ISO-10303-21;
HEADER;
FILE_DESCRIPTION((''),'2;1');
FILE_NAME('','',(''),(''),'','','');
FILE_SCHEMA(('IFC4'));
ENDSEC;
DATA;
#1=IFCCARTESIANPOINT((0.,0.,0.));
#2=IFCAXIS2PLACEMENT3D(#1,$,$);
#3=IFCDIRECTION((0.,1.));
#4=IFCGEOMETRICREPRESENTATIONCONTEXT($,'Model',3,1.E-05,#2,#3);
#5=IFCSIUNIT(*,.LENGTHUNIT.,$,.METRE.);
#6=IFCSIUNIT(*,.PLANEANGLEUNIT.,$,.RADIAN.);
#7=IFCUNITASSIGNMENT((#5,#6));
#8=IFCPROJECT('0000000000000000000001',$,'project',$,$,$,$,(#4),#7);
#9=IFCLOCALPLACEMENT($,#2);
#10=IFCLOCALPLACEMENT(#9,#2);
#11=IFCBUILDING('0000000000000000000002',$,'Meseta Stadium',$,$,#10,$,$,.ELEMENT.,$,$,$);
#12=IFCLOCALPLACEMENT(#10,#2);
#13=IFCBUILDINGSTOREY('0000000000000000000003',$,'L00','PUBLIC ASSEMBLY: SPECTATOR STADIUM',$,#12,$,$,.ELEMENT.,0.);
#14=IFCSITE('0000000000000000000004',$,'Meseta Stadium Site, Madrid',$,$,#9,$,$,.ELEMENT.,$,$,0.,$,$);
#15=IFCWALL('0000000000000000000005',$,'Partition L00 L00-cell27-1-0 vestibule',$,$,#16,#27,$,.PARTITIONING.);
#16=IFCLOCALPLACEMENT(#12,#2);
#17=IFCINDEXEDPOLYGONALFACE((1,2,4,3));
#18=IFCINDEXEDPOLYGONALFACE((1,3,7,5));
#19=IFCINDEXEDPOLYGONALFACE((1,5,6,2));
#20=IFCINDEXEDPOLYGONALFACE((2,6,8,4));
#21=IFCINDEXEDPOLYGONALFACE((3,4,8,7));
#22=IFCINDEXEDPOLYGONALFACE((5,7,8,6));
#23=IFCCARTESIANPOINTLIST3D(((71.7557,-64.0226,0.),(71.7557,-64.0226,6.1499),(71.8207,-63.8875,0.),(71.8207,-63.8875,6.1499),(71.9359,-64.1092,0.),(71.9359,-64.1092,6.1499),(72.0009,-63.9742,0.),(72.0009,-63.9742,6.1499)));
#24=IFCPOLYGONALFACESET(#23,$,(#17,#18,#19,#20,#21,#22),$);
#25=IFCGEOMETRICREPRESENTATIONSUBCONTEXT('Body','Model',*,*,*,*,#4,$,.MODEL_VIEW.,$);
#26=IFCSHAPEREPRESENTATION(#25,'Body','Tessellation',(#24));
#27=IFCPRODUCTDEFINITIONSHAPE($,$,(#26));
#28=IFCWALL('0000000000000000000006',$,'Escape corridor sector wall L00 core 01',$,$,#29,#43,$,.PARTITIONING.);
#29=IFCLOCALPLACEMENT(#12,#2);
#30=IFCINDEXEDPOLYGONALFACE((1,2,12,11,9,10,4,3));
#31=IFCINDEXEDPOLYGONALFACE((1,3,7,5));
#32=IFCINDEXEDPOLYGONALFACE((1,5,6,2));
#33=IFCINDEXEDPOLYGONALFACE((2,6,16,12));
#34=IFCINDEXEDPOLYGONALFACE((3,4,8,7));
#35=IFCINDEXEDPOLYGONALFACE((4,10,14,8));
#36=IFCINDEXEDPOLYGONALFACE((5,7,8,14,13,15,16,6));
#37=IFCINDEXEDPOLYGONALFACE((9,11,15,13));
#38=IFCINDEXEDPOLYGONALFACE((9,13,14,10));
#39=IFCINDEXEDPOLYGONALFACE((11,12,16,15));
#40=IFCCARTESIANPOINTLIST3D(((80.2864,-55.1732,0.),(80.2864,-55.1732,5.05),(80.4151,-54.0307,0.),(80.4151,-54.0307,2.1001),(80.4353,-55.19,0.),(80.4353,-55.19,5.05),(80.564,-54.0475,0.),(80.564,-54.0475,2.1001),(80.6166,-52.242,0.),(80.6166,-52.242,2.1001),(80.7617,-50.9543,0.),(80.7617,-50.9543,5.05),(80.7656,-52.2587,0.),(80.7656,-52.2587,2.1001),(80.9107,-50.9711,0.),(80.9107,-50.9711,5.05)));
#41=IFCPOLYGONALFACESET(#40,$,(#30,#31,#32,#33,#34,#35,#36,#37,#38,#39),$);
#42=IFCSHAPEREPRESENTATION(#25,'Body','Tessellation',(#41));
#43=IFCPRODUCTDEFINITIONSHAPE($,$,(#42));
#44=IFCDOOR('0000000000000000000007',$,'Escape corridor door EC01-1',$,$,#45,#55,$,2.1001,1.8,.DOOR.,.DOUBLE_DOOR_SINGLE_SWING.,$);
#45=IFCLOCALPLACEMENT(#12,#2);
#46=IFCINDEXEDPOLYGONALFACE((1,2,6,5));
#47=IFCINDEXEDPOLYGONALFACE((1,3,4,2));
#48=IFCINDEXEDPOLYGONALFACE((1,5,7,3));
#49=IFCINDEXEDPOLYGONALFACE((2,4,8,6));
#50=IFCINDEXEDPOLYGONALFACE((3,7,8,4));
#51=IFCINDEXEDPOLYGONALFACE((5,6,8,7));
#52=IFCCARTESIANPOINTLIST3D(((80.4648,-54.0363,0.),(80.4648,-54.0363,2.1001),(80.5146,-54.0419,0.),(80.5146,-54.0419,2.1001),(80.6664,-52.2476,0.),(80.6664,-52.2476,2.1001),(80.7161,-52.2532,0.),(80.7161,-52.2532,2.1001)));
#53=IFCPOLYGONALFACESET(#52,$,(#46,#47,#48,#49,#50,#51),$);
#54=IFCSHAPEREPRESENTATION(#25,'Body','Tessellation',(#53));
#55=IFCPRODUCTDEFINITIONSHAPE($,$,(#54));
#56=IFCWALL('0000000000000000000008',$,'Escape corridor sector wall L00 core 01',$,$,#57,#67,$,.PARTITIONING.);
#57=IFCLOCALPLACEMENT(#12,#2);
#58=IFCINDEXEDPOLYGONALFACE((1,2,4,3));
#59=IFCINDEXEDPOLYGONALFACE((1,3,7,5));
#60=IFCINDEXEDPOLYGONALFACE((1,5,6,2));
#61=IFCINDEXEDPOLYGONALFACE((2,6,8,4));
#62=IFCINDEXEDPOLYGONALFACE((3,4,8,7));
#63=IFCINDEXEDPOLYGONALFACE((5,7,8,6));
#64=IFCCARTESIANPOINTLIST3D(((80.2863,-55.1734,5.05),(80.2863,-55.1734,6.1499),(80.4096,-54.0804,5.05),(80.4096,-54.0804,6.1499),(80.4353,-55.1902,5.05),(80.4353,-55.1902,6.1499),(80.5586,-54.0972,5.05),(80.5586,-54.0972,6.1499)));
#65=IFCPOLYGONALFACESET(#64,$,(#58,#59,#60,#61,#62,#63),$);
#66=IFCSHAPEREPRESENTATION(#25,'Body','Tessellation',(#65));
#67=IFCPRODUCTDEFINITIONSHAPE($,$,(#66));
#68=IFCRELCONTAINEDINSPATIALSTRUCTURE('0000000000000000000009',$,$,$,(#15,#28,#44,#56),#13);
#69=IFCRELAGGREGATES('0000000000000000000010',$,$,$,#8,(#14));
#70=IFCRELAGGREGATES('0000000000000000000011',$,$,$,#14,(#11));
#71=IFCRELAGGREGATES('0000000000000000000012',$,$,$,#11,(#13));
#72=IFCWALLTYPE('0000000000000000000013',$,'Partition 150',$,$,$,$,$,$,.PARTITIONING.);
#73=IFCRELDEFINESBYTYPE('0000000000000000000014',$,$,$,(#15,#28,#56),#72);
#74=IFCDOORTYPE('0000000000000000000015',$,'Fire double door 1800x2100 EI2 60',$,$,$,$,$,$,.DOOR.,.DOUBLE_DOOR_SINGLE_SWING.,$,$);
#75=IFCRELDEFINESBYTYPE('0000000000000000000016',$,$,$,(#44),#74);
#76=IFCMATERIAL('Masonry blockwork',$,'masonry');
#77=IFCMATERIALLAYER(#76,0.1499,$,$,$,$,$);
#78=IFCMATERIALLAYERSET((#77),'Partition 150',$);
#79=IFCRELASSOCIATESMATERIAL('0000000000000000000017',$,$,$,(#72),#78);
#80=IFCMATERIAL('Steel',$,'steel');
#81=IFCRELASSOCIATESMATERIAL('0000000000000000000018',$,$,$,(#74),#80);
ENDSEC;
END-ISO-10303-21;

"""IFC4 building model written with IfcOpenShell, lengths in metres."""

from ifc_helpers import new_model, si_unit, direction, frame, frame_2d, origin, place, context, subcontext, project, spatial, rectangle, extrude, material, layer, layer_set, type_object, element, fill, save


model = new_model("IFC4")

# Units and contexts
model_context = context("Model", 3, precision=1e-05, world=origin(), true_north=direction((0.0, 1.0)))
body_context = subcontext(model_context, "Body", "Model", "MODEL_VIEW")
ifc_project = project(units=[si_unit("LENGTHUNIT", "METRE"), si_unit("PLANEANGLEUNIT", "RADIAN")], contexts=[model_context])

# Site, building, storey
site_placement = place(None, origin())
site = spatial("IfcSite", under=ifc_project, at=site_placement, Name="Meseta Stadium Site, Madrid", CompositionType="ELEMENT", RefElevation=0.0)
building_placement = place(site_placement, origin())
building = spatial("IfcBuilding", under=site, at=building_placement, Name="Meseta Stadium", CompositionType="ELEMENT")
storey_placement = place(building_placement, origin())
storey = spatial("IfcBuildingStorey", under=building, at=storey_placement, Name="L00", Description="PUBLIC ASSEMBLY: SPECTATOR STADIUM", CompositionType="ELEMENT", Elevation=0.0)

# Wall
ifc_material_1 = material(Name="Masonry blockwork", Category="masonry")
ifc_layer = layer(ifc_material_1, 0.1499)
ifc_layer_set = layer_set([ifc_layer], Name="Partition 150")
wall_type = type_object("IfcWallType", Name="Partition 150", PredefinedType="PARTITIONING", material=ifc_layer_set)
wall_1_placement = place(storey_placement, frame((71.9685, -64.0417, 0.0), z_axis=(0.0, 0.0, 1.0), x_axis=(-0.901161, 0.433485, 0.0)))
element("IfcWall", 1, at=wall_1_placement, inside=storey, type_object=wall_type, Name="Partition L00 L00-cell27-1-0 vestibule", PredefinedType="PARTITIONING", context=body_context, shape_type="SweptSolid", body=[
    extrude(rectangle(XDim=0.2, YDim=0.1499, at=frame_2d((0.1001, 0.0))), origin(), (0.0, 0.0, 1.0), 6.1499),
])

# Wall, opening, door
wall_2_placement = place(storey_placement, frame((80.3608, -55.1816, 0.0), z_axis=(0.0, 0.0, 1.0), x_axis=(0.111959, 0.993713, 0.0)))
wall_2 = element("IfcWall", 2, at=wall_2_placement, inside=storey, type_object=wall_type, Name="Escape corridor sector wall L00 core 01", PredefinedType="PARTITIONING", context=body_context, shape_type="SweptSolid", body=[
    extrude(rectangle(XDim=4.2456, YDim=0.1499, at=frame_2d((2.1228, 0.0))), origin(), (0.0, 0.0, 1.0), 5.05),
])
opening_placement = place(wall_2_placement, frame((1.1499, 0.0, 0.0)))
opening = element("IfcOpeningElement", 3, at=opening_placement, cuts=wall_2, PredefinedType="OPENING", context=body_context, shape_type="SweptSolid", body=[
    extrude(rectangle(XDim=1.8, YDim=2.1001, at=frame_2d((0.8999, 1.05))), frame((0.0, 0.085, 0.0), z_axis=(0.0, -1.0, 0.0), x_axis=(1.0, 0.0, 0.0)), (0.0, 0.0, 1.0), 0.1699),
])
ifc_material_2 = material(Name="Steel", Category="steel")
door_type = type_object("IfcDoorType", Name="Fire double door 1800x2100 EI2 60", OperationType="DOUBLE_DOOR_SINGLE_SWING", PredefinedType="DOOR", material=ifc_material_2)
door_placement = place(opening_placement, origin())
door = element("IfcDoor", 4, at=door_placement, inside=storey, type_object=door_type, Name="Escape corridor door EC01-1", OperationType="DOUBLE_DOOR_SINGLE_SWING", OverallHeight=2.1001, OverallWidth=1.8, PredefinedType="DOOR", context=body_context, shape_type="SweptSolid", body=[
    extrude(rectangle(XDim=1.8, YDim=2.1001, at=frame_2d((0.8999, 1.05))), frame((0.0, 0.0249, 0.0), z_axis=(0.0, -1.0, 0.0), x_axis=(1.0, 0.0, 0.0)), (0.0, 0.0, 1.0), 0.05),
])
fill(opening, door)

# Wall
wall_3_placement = place(storey_placement, frame((80.3608, -55.1816, 5.05), z_axis=(0.0, 0.0, 1.0), x_axis=(0.112088, 0.993698, 0.0)))
element("IfcWall", 5, at=wall_3_placement, inside=storey, type_object=wall_type, Name="Escape corridor sector wall L00 core 01", PredefinedType="PARTITIONING", context=body_context, shape_type="SweptSolid", body=[
    extrude(rectangle(XDim=1.0999, YDim=0.1499, at=frame_2d((0.5498, 0.0))), origin(), (0.0, 0.0, 1.0), 1.0999),
])

save(model, "model.ifc")
